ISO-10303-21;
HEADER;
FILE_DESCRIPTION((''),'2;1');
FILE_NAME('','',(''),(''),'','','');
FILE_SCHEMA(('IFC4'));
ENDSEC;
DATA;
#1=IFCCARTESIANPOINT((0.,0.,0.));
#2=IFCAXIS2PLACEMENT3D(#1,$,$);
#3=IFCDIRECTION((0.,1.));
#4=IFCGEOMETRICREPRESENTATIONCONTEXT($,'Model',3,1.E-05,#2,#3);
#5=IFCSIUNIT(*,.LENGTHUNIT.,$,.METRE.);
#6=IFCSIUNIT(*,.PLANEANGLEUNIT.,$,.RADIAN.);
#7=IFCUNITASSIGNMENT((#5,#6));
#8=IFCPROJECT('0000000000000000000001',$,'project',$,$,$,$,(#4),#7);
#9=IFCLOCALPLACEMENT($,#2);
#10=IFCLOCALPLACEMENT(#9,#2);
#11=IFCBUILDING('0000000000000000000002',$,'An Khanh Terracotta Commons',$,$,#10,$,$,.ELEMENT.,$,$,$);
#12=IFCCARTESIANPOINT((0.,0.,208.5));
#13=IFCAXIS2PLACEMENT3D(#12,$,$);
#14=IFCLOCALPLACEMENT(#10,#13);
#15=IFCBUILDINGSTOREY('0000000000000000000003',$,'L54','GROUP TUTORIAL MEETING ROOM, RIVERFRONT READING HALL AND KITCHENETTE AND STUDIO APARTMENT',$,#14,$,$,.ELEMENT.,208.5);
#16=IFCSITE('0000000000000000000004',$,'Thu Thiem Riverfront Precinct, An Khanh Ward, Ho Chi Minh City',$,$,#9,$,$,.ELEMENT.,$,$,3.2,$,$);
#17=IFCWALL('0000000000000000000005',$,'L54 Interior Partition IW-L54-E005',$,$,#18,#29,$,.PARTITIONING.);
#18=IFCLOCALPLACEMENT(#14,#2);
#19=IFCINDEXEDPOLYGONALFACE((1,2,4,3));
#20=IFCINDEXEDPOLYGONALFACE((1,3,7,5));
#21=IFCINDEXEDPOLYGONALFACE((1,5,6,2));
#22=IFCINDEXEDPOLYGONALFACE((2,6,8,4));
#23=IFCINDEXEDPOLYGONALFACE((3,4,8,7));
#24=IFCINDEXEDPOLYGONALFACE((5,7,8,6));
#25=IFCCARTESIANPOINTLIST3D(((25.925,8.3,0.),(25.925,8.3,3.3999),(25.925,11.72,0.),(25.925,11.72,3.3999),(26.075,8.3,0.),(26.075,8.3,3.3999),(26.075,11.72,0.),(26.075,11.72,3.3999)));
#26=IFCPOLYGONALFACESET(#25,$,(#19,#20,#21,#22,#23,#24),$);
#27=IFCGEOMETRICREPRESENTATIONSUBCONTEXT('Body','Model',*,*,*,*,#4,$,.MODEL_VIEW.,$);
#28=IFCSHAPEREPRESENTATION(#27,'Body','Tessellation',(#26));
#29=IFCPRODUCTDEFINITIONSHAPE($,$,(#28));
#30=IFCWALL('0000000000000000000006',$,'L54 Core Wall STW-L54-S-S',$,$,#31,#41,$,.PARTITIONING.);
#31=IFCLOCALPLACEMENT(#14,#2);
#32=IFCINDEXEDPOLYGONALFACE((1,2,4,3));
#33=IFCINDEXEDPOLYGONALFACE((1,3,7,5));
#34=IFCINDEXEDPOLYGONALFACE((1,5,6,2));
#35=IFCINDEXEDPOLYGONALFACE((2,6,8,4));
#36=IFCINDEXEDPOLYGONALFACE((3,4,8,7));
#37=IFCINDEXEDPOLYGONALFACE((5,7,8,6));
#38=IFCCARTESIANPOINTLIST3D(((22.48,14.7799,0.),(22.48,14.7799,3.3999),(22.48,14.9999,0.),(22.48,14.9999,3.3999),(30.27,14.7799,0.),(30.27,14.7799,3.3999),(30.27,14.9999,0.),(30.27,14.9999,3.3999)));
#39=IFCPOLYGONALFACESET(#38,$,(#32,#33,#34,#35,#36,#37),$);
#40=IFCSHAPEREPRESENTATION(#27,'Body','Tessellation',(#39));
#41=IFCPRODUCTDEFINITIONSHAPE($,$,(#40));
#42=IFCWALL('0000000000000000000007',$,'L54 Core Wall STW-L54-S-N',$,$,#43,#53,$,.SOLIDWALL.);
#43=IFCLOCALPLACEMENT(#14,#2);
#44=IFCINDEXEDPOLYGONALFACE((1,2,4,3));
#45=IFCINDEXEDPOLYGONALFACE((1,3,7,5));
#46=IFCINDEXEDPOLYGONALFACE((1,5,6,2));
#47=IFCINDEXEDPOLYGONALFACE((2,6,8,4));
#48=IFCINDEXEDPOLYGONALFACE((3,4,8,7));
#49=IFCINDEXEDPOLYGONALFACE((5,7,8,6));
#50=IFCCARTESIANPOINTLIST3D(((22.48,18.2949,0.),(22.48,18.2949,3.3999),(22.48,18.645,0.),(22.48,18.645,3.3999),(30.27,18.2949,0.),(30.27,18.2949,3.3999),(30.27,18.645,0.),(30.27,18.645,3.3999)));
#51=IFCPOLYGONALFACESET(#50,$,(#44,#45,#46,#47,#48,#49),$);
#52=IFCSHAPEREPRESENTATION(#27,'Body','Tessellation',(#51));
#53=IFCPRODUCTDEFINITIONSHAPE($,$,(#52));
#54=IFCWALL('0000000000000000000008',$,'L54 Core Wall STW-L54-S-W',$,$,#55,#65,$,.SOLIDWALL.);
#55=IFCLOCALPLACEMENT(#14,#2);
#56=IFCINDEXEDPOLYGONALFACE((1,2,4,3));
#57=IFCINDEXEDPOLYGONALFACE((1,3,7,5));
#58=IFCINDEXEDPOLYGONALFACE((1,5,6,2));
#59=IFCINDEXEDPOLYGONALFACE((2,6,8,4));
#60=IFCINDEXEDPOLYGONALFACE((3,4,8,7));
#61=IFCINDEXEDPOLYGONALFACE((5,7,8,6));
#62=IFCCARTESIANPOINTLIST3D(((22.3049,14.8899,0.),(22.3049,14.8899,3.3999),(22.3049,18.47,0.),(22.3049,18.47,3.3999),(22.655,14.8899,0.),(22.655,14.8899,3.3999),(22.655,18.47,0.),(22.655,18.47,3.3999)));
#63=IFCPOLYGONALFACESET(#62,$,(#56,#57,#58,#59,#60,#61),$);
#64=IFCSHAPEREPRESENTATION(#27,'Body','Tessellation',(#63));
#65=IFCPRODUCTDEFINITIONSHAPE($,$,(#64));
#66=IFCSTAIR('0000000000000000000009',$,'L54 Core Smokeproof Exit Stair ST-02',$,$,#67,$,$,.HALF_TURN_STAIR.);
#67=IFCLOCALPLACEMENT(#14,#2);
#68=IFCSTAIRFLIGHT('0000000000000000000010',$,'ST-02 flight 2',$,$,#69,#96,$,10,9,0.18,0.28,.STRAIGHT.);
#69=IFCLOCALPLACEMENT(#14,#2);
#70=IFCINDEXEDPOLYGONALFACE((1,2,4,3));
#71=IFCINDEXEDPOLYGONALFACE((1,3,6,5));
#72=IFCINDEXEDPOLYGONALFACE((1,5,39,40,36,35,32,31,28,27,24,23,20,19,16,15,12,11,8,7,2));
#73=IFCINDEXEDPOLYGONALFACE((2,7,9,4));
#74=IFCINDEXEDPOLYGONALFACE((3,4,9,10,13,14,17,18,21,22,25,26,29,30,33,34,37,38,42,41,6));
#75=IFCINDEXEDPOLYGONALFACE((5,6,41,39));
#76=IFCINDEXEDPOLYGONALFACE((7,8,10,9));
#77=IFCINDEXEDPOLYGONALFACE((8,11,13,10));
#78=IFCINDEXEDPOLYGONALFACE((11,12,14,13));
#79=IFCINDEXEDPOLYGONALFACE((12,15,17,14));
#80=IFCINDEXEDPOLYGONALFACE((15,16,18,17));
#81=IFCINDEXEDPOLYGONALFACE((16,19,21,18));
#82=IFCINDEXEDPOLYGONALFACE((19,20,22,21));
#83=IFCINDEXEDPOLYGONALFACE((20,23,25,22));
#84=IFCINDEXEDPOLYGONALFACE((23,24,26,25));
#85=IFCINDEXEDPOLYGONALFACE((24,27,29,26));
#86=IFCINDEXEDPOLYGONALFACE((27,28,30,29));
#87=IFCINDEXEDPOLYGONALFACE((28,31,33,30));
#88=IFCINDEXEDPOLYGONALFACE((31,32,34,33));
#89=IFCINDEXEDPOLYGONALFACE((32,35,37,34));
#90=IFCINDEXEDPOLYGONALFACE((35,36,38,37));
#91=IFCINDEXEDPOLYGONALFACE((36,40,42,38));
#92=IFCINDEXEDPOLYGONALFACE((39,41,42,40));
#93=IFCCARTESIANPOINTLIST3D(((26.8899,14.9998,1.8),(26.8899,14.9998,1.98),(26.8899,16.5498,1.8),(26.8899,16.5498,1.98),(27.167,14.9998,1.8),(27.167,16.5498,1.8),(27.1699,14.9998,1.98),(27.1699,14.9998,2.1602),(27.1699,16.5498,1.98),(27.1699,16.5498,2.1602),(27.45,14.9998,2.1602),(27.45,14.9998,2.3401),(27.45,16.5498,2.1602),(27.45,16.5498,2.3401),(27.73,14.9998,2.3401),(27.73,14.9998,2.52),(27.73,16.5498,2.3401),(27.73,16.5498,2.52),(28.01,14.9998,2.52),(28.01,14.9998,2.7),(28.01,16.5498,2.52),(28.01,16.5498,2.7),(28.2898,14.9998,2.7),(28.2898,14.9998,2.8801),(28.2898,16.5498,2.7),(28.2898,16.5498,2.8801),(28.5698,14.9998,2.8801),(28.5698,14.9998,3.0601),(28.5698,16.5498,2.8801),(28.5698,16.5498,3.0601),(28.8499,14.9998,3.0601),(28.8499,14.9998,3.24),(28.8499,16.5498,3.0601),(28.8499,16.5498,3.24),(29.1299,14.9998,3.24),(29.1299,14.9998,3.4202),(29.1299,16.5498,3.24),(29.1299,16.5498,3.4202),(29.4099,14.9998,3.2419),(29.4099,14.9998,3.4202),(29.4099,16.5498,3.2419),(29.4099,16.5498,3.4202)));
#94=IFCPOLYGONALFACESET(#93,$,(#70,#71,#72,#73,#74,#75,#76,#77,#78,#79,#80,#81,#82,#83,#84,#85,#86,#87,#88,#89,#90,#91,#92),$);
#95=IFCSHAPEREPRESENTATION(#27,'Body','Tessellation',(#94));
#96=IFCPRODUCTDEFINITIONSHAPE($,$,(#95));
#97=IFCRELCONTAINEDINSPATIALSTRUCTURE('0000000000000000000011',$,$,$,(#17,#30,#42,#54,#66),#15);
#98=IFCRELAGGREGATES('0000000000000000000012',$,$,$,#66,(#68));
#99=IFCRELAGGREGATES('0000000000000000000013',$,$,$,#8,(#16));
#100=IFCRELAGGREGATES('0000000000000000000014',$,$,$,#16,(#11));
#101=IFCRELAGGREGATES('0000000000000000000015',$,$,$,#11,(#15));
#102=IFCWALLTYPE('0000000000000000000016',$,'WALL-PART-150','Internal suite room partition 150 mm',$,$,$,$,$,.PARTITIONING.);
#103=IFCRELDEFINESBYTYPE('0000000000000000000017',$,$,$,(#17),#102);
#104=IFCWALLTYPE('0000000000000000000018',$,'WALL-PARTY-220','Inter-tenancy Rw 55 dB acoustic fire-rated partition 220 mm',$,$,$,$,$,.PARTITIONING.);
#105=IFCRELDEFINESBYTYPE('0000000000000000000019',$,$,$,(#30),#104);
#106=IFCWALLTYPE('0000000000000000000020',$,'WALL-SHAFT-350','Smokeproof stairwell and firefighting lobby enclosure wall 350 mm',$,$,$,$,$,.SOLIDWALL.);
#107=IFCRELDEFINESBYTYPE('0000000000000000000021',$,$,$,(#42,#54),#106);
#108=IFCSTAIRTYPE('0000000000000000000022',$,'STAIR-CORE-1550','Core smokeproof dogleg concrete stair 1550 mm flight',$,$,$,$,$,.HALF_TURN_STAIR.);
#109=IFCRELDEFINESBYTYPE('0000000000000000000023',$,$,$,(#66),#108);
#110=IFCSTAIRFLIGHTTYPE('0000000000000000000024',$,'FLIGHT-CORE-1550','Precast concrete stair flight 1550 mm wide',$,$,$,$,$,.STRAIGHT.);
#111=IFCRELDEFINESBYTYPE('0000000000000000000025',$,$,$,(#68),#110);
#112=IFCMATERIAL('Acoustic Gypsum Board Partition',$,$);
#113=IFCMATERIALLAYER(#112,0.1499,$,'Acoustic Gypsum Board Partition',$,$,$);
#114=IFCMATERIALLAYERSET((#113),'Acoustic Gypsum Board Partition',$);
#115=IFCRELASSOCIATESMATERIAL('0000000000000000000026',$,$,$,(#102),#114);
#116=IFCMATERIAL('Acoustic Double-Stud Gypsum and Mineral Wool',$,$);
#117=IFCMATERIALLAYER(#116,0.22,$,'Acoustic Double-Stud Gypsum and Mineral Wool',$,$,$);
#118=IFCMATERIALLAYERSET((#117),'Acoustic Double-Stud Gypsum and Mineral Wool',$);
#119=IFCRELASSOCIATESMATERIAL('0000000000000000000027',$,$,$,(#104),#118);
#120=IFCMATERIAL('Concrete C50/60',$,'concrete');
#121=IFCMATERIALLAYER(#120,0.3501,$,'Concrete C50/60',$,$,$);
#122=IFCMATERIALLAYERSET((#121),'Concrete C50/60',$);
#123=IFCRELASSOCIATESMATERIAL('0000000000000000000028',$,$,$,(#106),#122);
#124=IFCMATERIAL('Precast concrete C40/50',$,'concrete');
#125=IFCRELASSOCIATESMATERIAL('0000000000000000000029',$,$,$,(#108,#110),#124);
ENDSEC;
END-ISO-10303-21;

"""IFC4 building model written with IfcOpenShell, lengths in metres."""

from ifc_helpers import new_model, si_unit, direction, frame, frame_2d, origin, place, context, subcontext, project, spatial, polyline, rectangle, outline, extrude, material, layer, layer_set, type_object, element, aggregate, save


model = new_model("IFC4")

# Units and contexts
model_context = context("Model", 3, precision=1e-05, world=origin(), true_north=direction((0.0, 1.0)))
body_context = subcontext(model_context, "Body", "Model", "MODEL_VIEW")
ifc_project = project(units=[si_unit("LENGTHUNIT", "METRE"), si_unit("PLANEANGLEUNIT", "RADIAN")], contexts=[model_context])

# Site, building, storey
site_placement = place(None, origin())
site = spatial("IfcSite", under=ifc_project, at=site_placement, Name="Thu Thiem Riverfront Precinct, An Khanh Ward, Ho Chi Minh City", CompositionType="ELEMENT", RefElevation=3.2)
building_placement = place(site_placement, origin())
building = spatial("IfcBuilding", under=site, at=building_placement, Name="An Khanh Terracotta Commons", CompositionType="ELEMENT")
storey_placement = place(building_placement, frame((0.0, 0.0, 208.5)))
storey = spatial("IfcBuildingStorey", under=building, at=storey_placement, Name="L54", Description="GROUP TUTORIAL MEETING ROOM, RIVERFRONT READING HALL AND KITCHENETTE AND STUDIO APARTMENT", CompositionType="ELEMENT", Elevation=208.5)

# Shared definitions
ifc_material_1 = material(Name="Concrete C50/60", Category="concrete")

# Shared definitions
ifc_material_2 = material(Name="Precast concrete C40/50", Category="concrete")

# Walls
ifc_material_3 = material(Name="Acoustic Gypsum Board Partition")
ifc_layer_1 = layer(ifc_material_3, 0.1499, Name="Acoustic Gypsum Board Partition")
ifc_layer_set_1 = layer_set([ifc_layer_1], Name="Acoustic Gypsum Board Partition")
wall_type_1 = type_object("IfcWallType", Name="WALL-PART-150", Description="Internal suite room partition 150 mm", PredefinedType="PARTITIONING", material=ifc_layer_set_1)
wall_1_placement = place(storey_placement, frame((26.0, 8.3, 0.0), z_axis=(0.0, 0.0, 1.0), x_axis=(0.0, 1.0, 0.0)))
element("IfcWall", 1, at=wall_1_placement, inside=storey, type_object=wall_type_1, Name="L54 Interior Partition IW-L54-E005", PredefinedType="PARTITIONING", context=body_context, shape_type="SweptSolid", body=[
    extrude(rectangle(XDim=3.4199, YDim=0.1499, at=frame_2d((1.71, 0.0))), origin(), (0.0, 0.0, 1.0), 3.3999),
])
ifc_material_4 = material(Name="Acoustic Double-Stud Gypsum and Mineral Wool")
ifc_layer_2 = layer(ifc_material_4, 0.22, Name="Acoustic Double-Stud Gypsum and Mineral Wool")
ifc_layer_set_2 = layer_set([ifc_layer_2], Name="Acoustic Double-Stud Gypsum and Mineral Wool")
wall_type_2 = type_object("IfcWallType", Name="WALL-PARTY-220", Description="Inter-tenancy Rw 55 dB acoustic fire-rated partition 220 mm", PredefinedType="PARTITIONING", material=ifc_layer_set_2)
wall_2_placement = place(storey_placement, frame((22.48, 14.8899, 0.0), z_axis=(0.0, 0.0, 1.0), x_axis=(1.0, 0.0, 0.0)))
element("IfcWall", 2, at=wall_2_placement, inside=storey, type_object=wall_type_2, Name="L54 Core Wall STW-L54-S-S", PredefinedType="PARTITIONING", context=body_context, shape_type="SweptSolid", body=[
    extrude(rectangle(XDim=7.79, YDim=0.22, at=frame_2d((3.895, 0.0))), origin(), (0.0, 0.0, 1.0), 3.3999),
])
ifc_layer_3 = layer(ifc_material_1, 0.3501, Name="Concrete C50/60")
ifc_layer_set_3 = layer_set([ifc_layer_3], Name="Concrete C50/60")
wall_type_3 = type_object("IfcWallType", Name="WALL-SHAFT-350", Description="Smokeproof stairwell and firefighting lobby enclosure wall 350 mm", PredefinedType="SOLIDWALL", material=ifc_layer_set_3)
wall_3_placement = place(storey_placement, frame((22.48, 18.47, 0.0), z_axis=(0.0, 0.0, 1.0), x_axis=(1.0, 0.0, 0.0)))
element("IfcWall", 3, at=wall_3_placement, inside=storey, type_object=wall_type_3, Name="L54 Core Wall STW-L54-S-N", PredefinedType="SOLIDWALL", context=body_context, shape_type="SweptSolid", body=[
    extrude(rectangle(XDim=7.79, YDim=0.3501, at=frame_2d((3.895, 0.0))), origin(), (0.0, 0.0, 1.0), 3.3999),
])
wall_4_placement = place(storey_placement, frame((22.48, 14.8899, 0.0), z_axis=(0.0, 0.0, 1.0), x_axis=(0.0, 1.0, 0.0)))
element("IfcWall", 4, at=wall_4_placement, inside=storey, type_object=wall_type_3, Name="L54 Core Wall STW-L54-S-W", PredefinedType="SOLIDWALL", context=body_context, shape_type="SweptSolid", body=[
    extrude(rectangle(XDim=3.5801, YDim=0.3501, at=frame_2d((1.79, 0.0))), origin(), (0.0, 0.0, 1.0), 3.3999),
])

# Stair, stair flight
stair_type = type_object("IfcStairType", Name="STAIR-CORE-1550", Description="Core smokeproof dogleg concrete stair 1550 mm flight", PredefinedType="HALF_TURN_STAIR", material=ifc_material_2)
stair_placement = place(storey_placement, origin())
stair = element("IfcStair", 5, at=stair_placement, inside=storey, type_object=stair_type, Name="L54 Core Smokeproof Exit Stair ST-02", PredefinedType="HALF_TURN_STAIR")
stair_flight_type = type_object("IfcStairFlightType", Name="FLIGHT-CORE-1550", Description="Precast concrete stair flight 1550 mm wide", PredefinedType="STRAIGHT", material=ifc_material_2)
stair_flight_placement = place(storey_placement, frame((26.8899, 15.7749, 1.8), z_axis=(0.0, 0.0, 1.0), x_axis=(1.0, 0.0, 0.0)))
stair_flight = element("IfcStairFlight", 6, at=stair_flight_placement, type_object=stair_flight_type, Name="ST-02 flight 2", NumberOfRisers=10, NumberOfTreads=9, PredefinedType="STRAIGHT", RiserHeight=0.18, TreadLength=0.28, context=body_context, shape_type="SweptSolid", body=[
    extrude(outline(polyline([(0.0, 0.0), (0.0, 0.1799), (0.28, 0.1799), (0.28, 0.3601), (0.5601, 0.3601), (0.5601, 0.54), (0.8401, 0.54), (0.8401, 0.72), (1.1201, 0.72), (1.1201, 0.8999), (1.3999, 0.8999), (1.3999, 1.0801), (1.6799, 1.0801), (1.6799, 1.26), (1.96, 1.26), (1.96, 1.4399), (2.24, 1.4399), (2.24, 1.6201), (2.52, 1.6201), (2.52, 1.8), (2.52, 1.4419), (0.2771, 0.0), (0.0, 0.0)])), frame((0.0, 0.7749, 0.0), z_axis=(0.0, -1.0, 0.0), x_axis=(1.0, 0.0, 0.0)), (0.0, 0.0, 1.0), 1.55),
])
aggregate(stair, [stair_flight])

save(model, "model.ifc")
